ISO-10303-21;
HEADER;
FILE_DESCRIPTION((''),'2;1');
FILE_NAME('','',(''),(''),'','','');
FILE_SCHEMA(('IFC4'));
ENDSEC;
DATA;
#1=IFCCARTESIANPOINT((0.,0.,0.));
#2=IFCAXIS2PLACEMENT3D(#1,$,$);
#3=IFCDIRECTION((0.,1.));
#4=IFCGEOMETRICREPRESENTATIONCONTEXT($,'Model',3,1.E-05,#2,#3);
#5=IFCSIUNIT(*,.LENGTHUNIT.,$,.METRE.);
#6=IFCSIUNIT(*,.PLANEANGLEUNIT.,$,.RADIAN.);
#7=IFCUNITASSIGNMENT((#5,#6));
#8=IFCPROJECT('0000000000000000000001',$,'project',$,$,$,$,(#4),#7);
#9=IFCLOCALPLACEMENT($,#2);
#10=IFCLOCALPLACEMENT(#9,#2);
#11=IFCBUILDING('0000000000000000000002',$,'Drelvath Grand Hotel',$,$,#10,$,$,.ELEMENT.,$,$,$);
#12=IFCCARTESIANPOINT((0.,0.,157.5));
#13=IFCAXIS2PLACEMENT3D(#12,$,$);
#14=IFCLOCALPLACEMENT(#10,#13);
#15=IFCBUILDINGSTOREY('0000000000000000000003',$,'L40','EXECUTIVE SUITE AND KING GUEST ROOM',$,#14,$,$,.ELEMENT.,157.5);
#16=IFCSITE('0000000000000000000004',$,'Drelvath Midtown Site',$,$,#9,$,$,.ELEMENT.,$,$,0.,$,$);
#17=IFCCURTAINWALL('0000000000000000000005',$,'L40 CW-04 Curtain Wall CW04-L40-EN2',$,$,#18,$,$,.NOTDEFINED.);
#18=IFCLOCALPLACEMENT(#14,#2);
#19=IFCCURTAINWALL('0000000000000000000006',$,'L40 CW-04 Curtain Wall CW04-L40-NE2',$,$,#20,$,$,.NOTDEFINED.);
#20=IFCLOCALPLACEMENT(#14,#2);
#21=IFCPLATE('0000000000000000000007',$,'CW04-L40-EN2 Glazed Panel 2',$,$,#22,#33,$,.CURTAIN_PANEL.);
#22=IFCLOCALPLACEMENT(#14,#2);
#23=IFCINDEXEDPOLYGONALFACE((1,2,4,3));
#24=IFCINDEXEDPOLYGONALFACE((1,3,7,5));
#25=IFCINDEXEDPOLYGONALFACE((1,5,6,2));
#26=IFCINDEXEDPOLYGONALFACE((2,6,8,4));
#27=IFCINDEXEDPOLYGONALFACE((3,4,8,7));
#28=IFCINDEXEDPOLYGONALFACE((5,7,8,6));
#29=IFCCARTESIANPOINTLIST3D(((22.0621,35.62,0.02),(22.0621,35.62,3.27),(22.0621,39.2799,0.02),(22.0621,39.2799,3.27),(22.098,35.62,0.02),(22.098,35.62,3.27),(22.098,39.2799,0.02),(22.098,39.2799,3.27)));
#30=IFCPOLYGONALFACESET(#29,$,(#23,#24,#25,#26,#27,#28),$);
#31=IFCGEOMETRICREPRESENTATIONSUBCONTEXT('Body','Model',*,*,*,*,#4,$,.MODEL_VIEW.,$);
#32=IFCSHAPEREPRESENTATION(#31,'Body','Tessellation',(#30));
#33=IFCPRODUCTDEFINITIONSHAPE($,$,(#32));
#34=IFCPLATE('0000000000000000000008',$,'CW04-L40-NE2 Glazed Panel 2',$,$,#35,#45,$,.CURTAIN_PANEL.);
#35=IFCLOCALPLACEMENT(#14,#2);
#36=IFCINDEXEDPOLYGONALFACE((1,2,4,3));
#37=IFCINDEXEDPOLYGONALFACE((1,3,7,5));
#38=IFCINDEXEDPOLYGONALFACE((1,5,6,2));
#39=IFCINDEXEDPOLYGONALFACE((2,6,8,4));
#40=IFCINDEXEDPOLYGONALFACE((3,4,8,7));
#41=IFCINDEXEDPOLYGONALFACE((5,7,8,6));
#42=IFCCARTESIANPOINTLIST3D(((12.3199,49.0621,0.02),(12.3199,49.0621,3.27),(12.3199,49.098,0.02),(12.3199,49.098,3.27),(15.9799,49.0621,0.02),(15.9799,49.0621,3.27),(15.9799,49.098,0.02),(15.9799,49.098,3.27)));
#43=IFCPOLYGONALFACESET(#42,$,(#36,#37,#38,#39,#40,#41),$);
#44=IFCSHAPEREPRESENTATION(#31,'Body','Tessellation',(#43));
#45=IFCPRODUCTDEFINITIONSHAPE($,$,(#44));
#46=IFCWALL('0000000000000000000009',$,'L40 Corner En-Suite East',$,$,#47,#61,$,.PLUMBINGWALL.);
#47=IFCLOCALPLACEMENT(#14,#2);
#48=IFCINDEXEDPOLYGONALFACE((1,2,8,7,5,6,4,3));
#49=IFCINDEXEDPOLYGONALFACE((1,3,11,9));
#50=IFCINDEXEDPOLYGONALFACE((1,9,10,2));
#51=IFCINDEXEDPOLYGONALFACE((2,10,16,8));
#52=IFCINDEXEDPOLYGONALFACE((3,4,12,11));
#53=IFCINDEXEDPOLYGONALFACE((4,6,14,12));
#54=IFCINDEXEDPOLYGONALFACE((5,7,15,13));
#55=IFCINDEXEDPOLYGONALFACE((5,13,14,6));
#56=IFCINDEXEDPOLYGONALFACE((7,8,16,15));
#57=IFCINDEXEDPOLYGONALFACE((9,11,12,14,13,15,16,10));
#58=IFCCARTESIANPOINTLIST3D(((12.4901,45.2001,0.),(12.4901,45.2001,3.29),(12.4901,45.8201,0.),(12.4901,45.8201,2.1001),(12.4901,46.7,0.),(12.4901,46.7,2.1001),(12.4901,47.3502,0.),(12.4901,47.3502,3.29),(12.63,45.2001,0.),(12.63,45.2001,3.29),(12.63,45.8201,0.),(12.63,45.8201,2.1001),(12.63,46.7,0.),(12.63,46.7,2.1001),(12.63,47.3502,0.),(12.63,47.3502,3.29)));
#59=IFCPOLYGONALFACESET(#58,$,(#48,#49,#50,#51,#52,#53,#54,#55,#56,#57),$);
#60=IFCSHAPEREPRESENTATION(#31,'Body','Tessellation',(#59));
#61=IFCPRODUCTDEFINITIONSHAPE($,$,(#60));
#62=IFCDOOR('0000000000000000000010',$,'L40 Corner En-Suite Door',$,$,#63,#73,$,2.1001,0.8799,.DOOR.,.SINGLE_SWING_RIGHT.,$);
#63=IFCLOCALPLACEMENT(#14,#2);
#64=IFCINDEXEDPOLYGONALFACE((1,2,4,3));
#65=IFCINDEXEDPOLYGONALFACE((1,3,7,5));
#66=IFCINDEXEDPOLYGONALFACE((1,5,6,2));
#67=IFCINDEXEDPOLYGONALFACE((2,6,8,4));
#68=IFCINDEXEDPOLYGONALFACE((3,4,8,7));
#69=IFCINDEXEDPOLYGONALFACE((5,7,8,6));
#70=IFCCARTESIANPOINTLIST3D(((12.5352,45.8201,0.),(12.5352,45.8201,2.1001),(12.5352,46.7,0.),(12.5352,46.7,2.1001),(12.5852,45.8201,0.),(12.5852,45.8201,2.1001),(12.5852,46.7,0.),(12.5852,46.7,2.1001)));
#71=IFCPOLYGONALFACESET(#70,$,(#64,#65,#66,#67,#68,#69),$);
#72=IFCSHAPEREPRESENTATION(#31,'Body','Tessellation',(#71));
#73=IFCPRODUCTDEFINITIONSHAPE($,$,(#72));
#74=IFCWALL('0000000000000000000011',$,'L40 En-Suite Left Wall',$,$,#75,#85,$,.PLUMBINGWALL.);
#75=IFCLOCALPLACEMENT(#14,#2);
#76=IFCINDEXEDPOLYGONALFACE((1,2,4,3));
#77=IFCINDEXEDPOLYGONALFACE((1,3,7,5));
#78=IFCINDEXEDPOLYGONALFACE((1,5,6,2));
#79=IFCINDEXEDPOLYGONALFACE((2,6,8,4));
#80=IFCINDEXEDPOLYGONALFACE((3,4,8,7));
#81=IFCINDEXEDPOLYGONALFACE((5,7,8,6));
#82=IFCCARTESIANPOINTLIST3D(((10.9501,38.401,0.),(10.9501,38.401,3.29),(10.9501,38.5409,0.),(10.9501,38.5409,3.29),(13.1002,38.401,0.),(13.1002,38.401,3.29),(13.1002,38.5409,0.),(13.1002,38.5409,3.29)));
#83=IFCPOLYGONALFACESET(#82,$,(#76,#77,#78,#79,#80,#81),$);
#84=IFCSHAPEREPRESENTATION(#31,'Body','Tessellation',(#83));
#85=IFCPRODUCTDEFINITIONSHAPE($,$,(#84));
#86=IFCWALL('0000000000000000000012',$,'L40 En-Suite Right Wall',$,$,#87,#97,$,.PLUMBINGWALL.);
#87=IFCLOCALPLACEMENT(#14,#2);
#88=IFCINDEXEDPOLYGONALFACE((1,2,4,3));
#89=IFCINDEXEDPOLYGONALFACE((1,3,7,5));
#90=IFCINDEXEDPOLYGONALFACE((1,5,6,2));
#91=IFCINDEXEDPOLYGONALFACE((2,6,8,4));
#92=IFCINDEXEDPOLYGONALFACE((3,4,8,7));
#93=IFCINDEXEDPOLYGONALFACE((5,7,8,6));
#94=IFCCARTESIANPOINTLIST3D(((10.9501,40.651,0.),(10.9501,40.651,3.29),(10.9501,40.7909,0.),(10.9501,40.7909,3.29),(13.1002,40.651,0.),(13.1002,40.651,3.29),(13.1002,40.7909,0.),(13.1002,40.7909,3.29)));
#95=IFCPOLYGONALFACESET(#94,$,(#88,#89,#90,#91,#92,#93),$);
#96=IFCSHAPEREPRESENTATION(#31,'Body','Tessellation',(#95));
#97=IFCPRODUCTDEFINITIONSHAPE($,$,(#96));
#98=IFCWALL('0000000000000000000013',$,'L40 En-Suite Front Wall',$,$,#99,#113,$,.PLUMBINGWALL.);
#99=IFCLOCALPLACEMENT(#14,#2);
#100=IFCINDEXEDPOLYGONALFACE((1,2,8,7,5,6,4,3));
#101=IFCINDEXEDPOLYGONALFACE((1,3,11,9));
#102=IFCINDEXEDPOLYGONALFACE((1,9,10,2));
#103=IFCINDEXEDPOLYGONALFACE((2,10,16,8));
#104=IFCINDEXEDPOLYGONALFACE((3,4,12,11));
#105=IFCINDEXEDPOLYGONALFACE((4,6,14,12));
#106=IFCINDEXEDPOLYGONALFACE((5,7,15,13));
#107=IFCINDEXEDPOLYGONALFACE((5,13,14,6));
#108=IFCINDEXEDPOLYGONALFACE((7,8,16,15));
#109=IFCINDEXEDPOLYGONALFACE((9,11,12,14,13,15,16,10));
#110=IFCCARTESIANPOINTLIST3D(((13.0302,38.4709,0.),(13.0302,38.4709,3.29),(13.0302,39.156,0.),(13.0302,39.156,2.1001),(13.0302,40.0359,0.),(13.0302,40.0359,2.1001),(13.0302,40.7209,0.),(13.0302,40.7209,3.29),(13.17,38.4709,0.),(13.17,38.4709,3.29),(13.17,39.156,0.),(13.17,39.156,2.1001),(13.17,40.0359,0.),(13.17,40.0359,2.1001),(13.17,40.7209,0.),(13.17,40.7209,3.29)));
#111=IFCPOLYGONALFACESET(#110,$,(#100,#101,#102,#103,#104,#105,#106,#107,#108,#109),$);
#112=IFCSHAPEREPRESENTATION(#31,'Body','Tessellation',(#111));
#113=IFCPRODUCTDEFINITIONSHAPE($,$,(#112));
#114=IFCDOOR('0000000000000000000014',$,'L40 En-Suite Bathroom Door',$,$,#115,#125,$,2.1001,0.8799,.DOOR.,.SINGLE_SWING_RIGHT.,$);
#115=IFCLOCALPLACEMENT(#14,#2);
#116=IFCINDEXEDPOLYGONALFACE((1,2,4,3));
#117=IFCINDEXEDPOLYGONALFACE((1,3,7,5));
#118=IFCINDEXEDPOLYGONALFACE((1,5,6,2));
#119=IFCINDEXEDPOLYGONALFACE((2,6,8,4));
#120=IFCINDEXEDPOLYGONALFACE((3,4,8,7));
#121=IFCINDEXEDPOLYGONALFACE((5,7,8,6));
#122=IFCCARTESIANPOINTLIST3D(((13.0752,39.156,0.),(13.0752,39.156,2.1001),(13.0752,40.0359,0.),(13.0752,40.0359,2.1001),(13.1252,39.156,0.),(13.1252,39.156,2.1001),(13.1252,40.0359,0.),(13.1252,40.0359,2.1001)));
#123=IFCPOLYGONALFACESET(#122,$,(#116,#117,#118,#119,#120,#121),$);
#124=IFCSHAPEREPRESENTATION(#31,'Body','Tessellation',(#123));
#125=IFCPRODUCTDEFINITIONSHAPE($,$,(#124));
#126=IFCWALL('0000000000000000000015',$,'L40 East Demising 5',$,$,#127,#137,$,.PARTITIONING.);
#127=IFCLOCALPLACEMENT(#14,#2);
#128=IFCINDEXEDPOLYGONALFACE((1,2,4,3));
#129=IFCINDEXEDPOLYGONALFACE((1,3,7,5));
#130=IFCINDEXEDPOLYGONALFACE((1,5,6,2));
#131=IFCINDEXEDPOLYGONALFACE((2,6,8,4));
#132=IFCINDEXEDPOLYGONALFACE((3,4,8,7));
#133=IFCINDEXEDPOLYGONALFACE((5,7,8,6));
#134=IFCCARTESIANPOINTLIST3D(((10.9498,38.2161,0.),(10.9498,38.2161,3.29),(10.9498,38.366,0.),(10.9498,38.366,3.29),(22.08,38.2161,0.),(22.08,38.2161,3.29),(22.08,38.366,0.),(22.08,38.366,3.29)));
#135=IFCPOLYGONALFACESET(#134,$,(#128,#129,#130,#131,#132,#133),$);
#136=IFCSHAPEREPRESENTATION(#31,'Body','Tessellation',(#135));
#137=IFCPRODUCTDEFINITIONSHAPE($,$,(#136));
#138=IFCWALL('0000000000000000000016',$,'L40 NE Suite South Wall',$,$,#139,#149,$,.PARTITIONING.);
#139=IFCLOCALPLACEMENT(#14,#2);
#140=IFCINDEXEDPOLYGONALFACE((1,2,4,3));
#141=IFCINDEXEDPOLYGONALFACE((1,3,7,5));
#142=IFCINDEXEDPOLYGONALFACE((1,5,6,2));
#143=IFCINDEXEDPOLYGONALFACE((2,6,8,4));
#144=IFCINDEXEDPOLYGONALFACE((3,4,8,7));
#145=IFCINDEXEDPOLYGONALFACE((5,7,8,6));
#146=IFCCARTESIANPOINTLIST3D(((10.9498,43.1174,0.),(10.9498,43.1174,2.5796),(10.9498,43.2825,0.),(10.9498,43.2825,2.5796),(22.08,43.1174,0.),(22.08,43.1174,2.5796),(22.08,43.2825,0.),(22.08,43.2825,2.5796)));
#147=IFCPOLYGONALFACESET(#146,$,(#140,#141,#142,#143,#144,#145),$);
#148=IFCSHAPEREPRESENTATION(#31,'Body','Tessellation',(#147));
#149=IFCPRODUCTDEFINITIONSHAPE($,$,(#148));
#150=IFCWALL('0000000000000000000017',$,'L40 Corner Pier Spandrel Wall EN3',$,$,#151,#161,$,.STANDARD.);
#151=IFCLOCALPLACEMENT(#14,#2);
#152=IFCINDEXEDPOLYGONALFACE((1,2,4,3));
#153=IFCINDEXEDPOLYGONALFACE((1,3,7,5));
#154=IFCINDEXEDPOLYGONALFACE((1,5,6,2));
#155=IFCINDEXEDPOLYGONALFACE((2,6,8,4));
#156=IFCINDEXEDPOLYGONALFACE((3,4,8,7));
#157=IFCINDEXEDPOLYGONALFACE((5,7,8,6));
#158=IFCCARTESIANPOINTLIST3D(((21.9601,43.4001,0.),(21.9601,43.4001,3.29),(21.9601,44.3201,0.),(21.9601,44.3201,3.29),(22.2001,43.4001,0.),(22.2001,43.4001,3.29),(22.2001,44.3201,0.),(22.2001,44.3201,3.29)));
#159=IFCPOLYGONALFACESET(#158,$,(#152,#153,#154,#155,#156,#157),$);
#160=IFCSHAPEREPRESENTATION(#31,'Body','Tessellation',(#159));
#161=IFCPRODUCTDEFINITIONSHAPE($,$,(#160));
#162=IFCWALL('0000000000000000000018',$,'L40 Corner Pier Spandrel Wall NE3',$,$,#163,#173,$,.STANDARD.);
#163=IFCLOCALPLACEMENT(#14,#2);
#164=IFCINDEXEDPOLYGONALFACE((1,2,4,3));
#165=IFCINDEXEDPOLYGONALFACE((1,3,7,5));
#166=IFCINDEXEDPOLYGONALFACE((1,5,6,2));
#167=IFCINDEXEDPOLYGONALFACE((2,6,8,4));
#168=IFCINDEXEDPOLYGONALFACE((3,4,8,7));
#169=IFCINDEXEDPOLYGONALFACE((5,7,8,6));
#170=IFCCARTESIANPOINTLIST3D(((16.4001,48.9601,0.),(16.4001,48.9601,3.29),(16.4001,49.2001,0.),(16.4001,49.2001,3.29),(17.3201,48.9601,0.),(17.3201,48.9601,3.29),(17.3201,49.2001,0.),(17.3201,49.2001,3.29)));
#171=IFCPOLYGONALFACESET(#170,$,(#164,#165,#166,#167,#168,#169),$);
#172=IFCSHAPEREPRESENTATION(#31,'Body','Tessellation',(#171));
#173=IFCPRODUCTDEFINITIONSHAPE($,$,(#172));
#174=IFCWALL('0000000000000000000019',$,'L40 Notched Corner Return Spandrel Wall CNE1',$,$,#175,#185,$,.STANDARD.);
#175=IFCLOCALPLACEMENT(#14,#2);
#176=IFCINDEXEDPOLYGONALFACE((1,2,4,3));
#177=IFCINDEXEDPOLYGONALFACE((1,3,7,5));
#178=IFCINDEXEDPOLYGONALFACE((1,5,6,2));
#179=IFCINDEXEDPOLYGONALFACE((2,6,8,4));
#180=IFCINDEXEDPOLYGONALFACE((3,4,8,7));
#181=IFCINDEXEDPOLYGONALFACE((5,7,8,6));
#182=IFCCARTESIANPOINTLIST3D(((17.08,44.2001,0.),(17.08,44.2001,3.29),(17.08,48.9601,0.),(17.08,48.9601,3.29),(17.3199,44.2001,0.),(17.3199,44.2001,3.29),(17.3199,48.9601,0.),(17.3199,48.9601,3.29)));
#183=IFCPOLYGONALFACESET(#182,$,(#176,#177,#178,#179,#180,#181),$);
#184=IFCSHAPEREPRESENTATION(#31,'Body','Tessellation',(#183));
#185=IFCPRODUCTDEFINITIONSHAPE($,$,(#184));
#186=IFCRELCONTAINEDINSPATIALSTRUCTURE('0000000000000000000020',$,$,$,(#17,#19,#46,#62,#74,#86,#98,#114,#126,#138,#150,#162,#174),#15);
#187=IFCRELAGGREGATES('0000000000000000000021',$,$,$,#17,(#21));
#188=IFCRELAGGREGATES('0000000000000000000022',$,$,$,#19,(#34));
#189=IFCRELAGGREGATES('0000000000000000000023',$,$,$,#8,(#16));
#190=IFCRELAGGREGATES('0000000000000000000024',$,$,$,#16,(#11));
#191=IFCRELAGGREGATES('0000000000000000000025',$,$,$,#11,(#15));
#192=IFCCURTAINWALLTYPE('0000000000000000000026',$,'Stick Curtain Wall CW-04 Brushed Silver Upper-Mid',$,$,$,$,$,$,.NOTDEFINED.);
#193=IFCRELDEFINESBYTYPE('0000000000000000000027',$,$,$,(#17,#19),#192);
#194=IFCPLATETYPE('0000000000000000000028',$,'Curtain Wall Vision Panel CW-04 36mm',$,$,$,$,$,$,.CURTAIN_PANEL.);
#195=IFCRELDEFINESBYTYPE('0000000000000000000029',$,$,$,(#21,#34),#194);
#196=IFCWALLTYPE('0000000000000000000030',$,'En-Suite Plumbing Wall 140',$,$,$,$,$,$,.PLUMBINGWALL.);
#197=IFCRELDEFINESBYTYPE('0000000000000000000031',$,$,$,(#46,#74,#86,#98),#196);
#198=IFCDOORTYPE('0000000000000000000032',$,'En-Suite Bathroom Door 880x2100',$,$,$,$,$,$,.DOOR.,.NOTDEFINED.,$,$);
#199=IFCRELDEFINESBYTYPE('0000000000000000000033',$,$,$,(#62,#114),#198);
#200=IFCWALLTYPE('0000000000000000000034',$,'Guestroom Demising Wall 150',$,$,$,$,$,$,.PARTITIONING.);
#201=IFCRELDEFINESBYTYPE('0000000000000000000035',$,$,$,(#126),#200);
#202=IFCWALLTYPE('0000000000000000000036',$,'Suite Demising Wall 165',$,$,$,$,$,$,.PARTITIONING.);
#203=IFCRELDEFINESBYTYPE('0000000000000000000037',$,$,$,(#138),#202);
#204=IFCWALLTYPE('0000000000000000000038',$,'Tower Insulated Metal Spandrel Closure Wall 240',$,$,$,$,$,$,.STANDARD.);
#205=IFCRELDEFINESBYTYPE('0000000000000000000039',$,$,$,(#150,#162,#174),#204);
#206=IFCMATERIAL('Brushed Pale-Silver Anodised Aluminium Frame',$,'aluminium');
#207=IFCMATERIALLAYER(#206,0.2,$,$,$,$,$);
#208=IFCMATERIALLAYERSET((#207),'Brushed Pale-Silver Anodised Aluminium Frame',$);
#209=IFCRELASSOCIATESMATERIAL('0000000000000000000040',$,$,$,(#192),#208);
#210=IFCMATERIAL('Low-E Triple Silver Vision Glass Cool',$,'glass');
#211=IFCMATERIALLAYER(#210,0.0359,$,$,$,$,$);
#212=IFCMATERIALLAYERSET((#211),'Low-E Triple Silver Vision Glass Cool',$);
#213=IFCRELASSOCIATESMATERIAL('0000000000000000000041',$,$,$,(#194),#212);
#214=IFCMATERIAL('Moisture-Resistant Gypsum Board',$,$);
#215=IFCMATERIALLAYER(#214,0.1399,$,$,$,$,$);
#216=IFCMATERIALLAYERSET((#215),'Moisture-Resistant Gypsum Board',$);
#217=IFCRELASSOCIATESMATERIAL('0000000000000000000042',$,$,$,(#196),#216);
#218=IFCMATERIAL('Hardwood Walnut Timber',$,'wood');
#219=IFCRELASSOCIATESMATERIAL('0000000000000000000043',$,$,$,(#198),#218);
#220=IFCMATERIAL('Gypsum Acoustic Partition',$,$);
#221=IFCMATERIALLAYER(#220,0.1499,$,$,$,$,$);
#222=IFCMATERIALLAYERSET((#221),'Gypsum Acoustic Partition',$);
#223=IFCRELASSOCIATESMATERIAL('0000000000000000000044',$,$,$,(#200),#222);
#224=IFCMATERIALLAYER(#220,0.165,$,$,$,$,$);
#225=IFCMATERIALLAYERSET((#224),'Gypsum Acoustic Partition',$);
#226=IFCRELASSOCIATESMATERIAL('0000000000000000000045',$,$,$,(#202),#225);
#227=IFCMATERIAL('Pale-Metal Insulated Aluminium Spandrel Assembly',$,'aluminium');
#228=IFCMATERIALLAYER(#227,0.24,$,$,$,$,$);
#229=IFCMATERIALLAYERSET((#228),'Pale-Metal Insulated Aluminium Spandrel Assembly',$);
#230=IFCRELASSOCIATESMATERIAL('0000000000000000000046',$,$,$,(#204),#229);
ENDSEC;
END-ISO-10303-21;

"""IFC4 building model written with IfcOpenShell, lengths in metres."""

from ifc_helpers import new_model, si_unit, direction, frame, frame_2d, origin, origin_2d, place, context, subcontext, project, spatial, rectangle, extrude, material, layer, layer_set, type_object, element, fill, aggregate, save


model = new_model("IFC4")

# Units and contexts
model_context = context("Model", 3, precision=1e-05, world=origin(), true_north=direction((0.0, 1.0)))
body_context = subcontext(model_context, "Body", "Model", "MODEL_VIEW")
ifc_project = project(units=[si_unit("LENGTHUNIT", "METRE"), si_unit("PLANEANGLEUNIT", "RADIAN")], contexts=[model_context])

# Site, building, storey
site_placement = place(None, origin())
site = spatial("IfcSite", under=ifc_project, at=site_placement, Name="Drelvath Midtown Site", CompositionType="ELEMENT", RefElevation=0.0)
building_placement = place(site_placement, origin())
building = spatial("IfcBuilding", under=site, at=building_placement, Name="Drelvath Grand Hotel", CompositionType="ELEMENT")
storey_placement = place(building_placement, frame((0.0, 0.0, 157.5)))
storey = spatial("IfcBuildingStorey", under=building, at=storey_placement, Name="L40", Description="EXECUTIVE SUITE AND KING GUEST ROOM", CompositionType="ELEMENT", Elevation=157.5)

# Curtain walls
ifc_material_1 = material(Name="Brushed Pale-Silver Anodised Aluminium Frame", Category="aluminium")
ifc_layer_1 = layer(ifc_material_1, 0.2)
ifc_layer_set_1 = layer_set([ifc_layer_1], Name="Brushed Pale-Silver Anodised Aluminium Frame")
curtain_wall_type = type_object("IfcCurtainWallType", Name="Stick Curtain Wall CW-04 Brushed Silver Upper-Mid", PredefinedType="NOTDEFINED", material=ifc_layer_set_1)
curtain_wall_1_placement = place(storey_placement, origin())
curtain_wall_1 = element("IfcCurtainWall", 1, at=curtain_wall_1_placement, inside=storey, type_object=curtain_wall_type, Name="L40 CW-04 Curtain Wall CW04-L40-EN2", PredefinedType="NOTDEFINED")
curtain_wall_2_placement = place(storey_placement, origin())
curtain_wall_2 = element("IfcCurtainWall", 2, at=curtain_wall_2_placement, inside=storey, type_object=curtain_wall_type, Name="L40 CW-04 Curtain Wall CW04-L40-NE2", PredefinedType="NOTDEFINED")

# Plates
ifc_material_2 = material(Name="Low-E Triple Silver Vision Glass Cool", Category="glass")
ifc_layer_2 = layer(ifc_material_2, 0.0359)
ifc_layer_set_2 = layer_set([ifc_layer_2], Name="Low-E Triple Silver Vision Glass Cool")
plate_type = type_object("IfcPlateType", Name="Curtain Wall Vision Panel CW-04 36mm", PredefinedType="CURTAIN_PANEL", material=ifc_layer_set_2)
plate_1_placement = place(storey_placement, frame((22.0801, 37.45, 0.02), z_axis=(0.0, 0.0, 1.0), x_axis=(0.0, -1.0, 0.0)))
plate_1 = element("IfcPlate", 3, at=plate_1_placement, type_object=plate_type, Name="CW04-L40-EN2 Glazed Panel 2", PredefinedType="CURTAIN_PANEL", context=body_context, shape_type="SweptSolid", body=[
    extrude(rectangle(XDim=3.6599, YDim=0.0359, at=origin_2d()), origin(), (0.0, 0.0, 1.0), 3.25),
])
aggregate(curtain_wall_1, [plate_1])
plate_2_placement = place(storey_placement, frame((14.1499, 49.0801, 0.02), z_axis=(0.0, 0.0, 1.0), x_axis=(1.0, 0.0, 0.0)))
plate_2 = element("IfcPlate", 4, at=plate_2_placement, type_object=plate_type, Name="CW04-L40-NE2 Glazed Panel 2", PredefinedType="CURTAIN_PANEL", context=body_context, shape_type="SweptSolid", body=[
    extrude(rectangle(XDim=3.6599, YDim=0.0359, at=origin_2d()), origin(), (0.0, 0.0, 1.0), 3.25),
])
aggregate(curtain_wall_2, [plate_2])

# Wall, opening, door
ifc_material_3 = material(Name="Moisture-Resistant Gypsum Board")
ifc_layer_3 = layer(ifc_material_3, 0.1399)
ifc_layer_set_3 = layer_set([ifc_layer_3], Name="Moisture-Resistant Gypsum Board")
wall_type_1 = type_object("IfcWallType", Name="En-Suite Plumbing Wall 140", PredefinedType="PLUMBINGWALL", material=ifc_layer_set_3)
wall_1_placement = place(storey_placement, frame((12.5601, 45.2, 0.0), z_axis=(0.0, 0.0, 1.0), x_axis=(0.0, 1.0, 0.0)))
wall_1 = element("IfcWall", 5, at=wall_1_placement, inside=storey, type_object=wall_type_1, Name="L40 Corner En-Suite East", PredefinedType="PLUMBINGWALL", context=body_context, shape_type="SweptSolid", body=[
    extrude(rectangle(XDim=2.1501, YDim=0.1399, at=frame_2d((1.0752, 0.0))), origin(), (0.0, 0.0, 1.0), 3.29),
])
opening_1_placement = place(wall_1_placement, frame((0.6201, 0.0, 0.0)))
opening_1 = element("IfcOpeningElement", 6, at=opening_1_placement, cuts=wall_1, PredefinedType="OPENING", context=body_context, shape_type="SweptSolid", body=[
    extrude(rectangle(XDim=0.8799, YDim=2.1001, at=frame_2d((0.4399, 1.05))), frame((0.0, 0.0798, 0.0), z_axis=(0.0, -1.0, 0.0), x_axis=(1.0, 0.0, 0.0)), (0.0, 0.0, 1.0), 0.1599),
])
ifc_material_4 = material(Name="Hardwood Walnut Timber", Category="wood")
door_type = type_object("IfcDoorType", Name="En-Suite Bathroom Door 880x2100", OperationType="NOTDEFINED", PredefinedType="DOOR", material=ifc_material_4)
door_1_placement = place(opening_1_placement, origin())
door_1 = element("IfcDoor", 7, at=door_1_placement, inside=storey, type_object=door_type, Name="L40 Corner En-Suite Door", OperationType="SINGLE_SWING_RIGHT", OverallHeight=2.1001, OverallWidth=0.8799, PredefinedType="DOOR", context=body_context, shape_type="SweptSolid", body=[
    extrude(rectangle(XDim=0.8799, YDim=2.1001, at=frame_2d((0.4399, 1.05))), frame((0.0, 0.0249, 0.0), z_axis=(0.0, -1.0, 0.0), x_axis=(1.0, 0.0, 0.0)), (0.0, 0.0, 1.0), 0.05),
])
fill(opening_1, door_1)

# Walls
for number, where, z_axis, x_axis, name in (
    (8, (10.95, 38.4709, 0.0), (0.0, 0.0, 1.0), (1.0, 0.0, 0.0), "L40 En-Suite Left Wall"),
    (9, (10.95, 40.7209, 0.0), (0.0, 0.0, 1.0), (1.0, 0.0, 0.0), "L40 En-Suite Right Wall"),
):
    element("IfcWall", number, at=place(storey_placement, frame(where, z_axis=z_axis, x_axis=x_axis)), inside=storey, type_object=wall_type_1, Name=name, PredefinedType="PLUMBINGWALL", context=body_context, shape_type="SweptSolid", body=[
        extrude(rectangle(XDim=2.1501, YDim=0.1399, at=frame_2d((1.0752, 0.0))), origin(), (0.0, 0.0, 1.0), 3.29),
    ])

# Wall, opening, door
wall_2_placement = place(storey_placement, frame((13.1001, 38.4709, 0.0), z_axis=(0.0, 0.0, 1.0), x_axis=(0.0, 1.0, 0.0)))
wall_2 = element("IfcWall", 10, at=wall_2_placement, inside=storey, type_object=wall_type_1, Name="L40 En-Suite Front Wall", PredefinedType="PLUMBINGWALL", context=body_context, shape_type="SweptSolid", body=[
    extrude(rectangle(XDim=2.25, YDim=0.1399, at=frame_2d((1.125, 0.0))), origin(), (0.0, 0.0, 1.0), 3.29),
])
opening_2_placement = place(wall_2_placement, frame((0.6851, 0.0, 0.0)))
opening_2 = element("IfcOpeningElement", 11, at=opening_2_placement, cuts=wall_2, PredefinedType="OPENING", context=body_context, shape_type="SweptSolid", body=[
    extrude(rectangle(XDim=0.8799, YDim=2.1001, at=frame_2d((0.4399, 1.05))), frame((0.0, 0.0798, 0.0), z_axis=(0.0, -1.0, 0.0), x_axis=(1.0, 0.0, 0.0)), (0.0, 0.0, 1.0), 0.1599),
])
door_2_placement = place(opening_2_placement, origin())
door_2 = element("IfcDoor", 12, at=door_2_placement, inside=storey, type_object=door_type, Name="L40 En-Suite Bathroom Door", OperationType="SINGLE_SWING_RIGHT", OverallHeight=2.1001, OverallWidth=0.8799, PredefinedType="DOOR", context=body_context, shape_type="SweptSolid", body=[
    extrude(rectangle(XDim=0.8799, YDim=2.1001, at=frame_2d((0.4399, 1.05))), frame((0.0, 0.0249, 0.0), z_axis=(0.0, -1.0, 0.0), x_axis=(1.0, 0.0, 0.0)), (0.0, 0.0, 1.0), 0.05),
])
fill(opening_2, door_2)

# Walls
ifc_material_5 = material(Name="Gypsum Acoustic Partition")
ifc_layer_4 = layer(ifc_material_5, 0.1499)
ifc_layer_set_4 = layer_set([ifc_layer_4], Name="Gypsum Acoustic Partition")
wall_type_2 = type_object("IfcWallType", Name="Guestroom Demising Wall 150", PredefinedType="PARTITIONING", material=ifc_layer_set_4)
wall_3_placement = place(storey_placement, frame((10.95, 38.291, 0.0), z_axis=(0.0, 0.0, 1.0), x_axis=(1.0, 0.0, 0.0)))
element("IfcWall", 13, at=wall_3_placement, inside=storey, type_object=wall_type_2, Name="L40 East Demising 5", PredefinedType="PARTITIONING", context=body_context, shape_type="SweptSolid", body=[
    extrude(rectangle(XDim=11.1301, YDim=0.1499, at=frame_2d((5.5649, 0.0))), origin(), (0.0, 0.0, 1.0), 3.29),
])
ifc_layer_5 = layer(ifc_material_5, 0.165)
ifc_layer_set_5 = layer_set([ifc_layer_5], Name="Gypsum Acoustic Partition")
wall_type_3 = type_object("IfcWallType", Name="Suite Demising Wall 165", PredefinedType="PARTITIONING", material=ifc_layer_set_5)
wall_4_placement = place(storey_placement, frame((10.95, 43.2, 0.0), z_axis=(0.0, 0.0, 1.0), x_axis=(1.0, 0.0, 0.0)))
element("IfcWall", 14, at=wall_4_placement, inside=storey, type_object=wall_type_3, Name="L40 NE Suite South Wall", PredefinedType="PARTITIONING", context=body_context, shape_type="SweptSolid", body=[
    extrude(rectangle(XDim=11.1301, YDim=0.165, at=frame_2d((5.5649, 0.0))), origin(), (0.0, 0.0, 1.0), 2.5796),
])
ifc_material_6 = material(Name="Pale-Metal Insulated Aluminium Spandrel Assembly", Category="aluminium")
ifc_layer_6 = layer(ifc_material_6, 0.24)
ifc_layer_set_6 = layer_set([ifc_layer_6], Name="Pale-Metal Insulated Aluminium Spandrel Assembly")
wall_type_4 = type_object("IfcWallType", Name="Tower Insulated Metal Spandrel Closure Wall 240", PredefinedType="STANDARD", material=ifc_layer_set_6)
for number, where, z_axis, x_axis, name in (
    (15, (22.0801, 44.3201, 0.0), (0.0, 0.0, 1.0), (0.0, -1.0, 0.0), "L40 Corner Pier Spandrel Wall EN3"),
    (16, (16.4001, 49.0801, 0.0), (0.0, 0.0, 1.0), (1.0, 0.0, 0.0), "L40 Corner Pier Spandrel Wall NE3"),
):
    element("IfcWall", number, at=place(storey_placement, frame(where, z_axis=z_axis, x_axis=x_axis)), inside=storey, type_object=wall_type_4, Name=name, PredefinedType="STANDARD", context=body_context, shape_type="SweptSolid", body=[
        extrude(rectangle(XDim=0.9199, YDim=0.24, at=frame_2d((0.46, 0.0))), origin(), (0.0, 0.0, 1.0), 3.29),
    ])
for number, where, z_axis, x_axis, name in (
    (17, (17.2, 48.96, 0.0), (0.0, 0.0, 1.0), (0.0, -1.0, 0.0), "L40 Notched Corner Return Spandrel Wall CNE1"),
):
    element("IfcWall", number, at=place(storey_placement, frame(where, z_axis=z_axis, x_axis=x_axis)), inside=storey, type_object=wall_type_4, Name=name, PredefinedType="STANDARD", context=body_context, shape_type="SweptSolid", body=[
        extrude(rectangle(XDim=4.76, YDim=0.24, at=frame_2d((2.3799, 0.0))), origin(), (0.0, 0.0, 1.0), 3.29),
    ])

save(model, "model.ifc")
